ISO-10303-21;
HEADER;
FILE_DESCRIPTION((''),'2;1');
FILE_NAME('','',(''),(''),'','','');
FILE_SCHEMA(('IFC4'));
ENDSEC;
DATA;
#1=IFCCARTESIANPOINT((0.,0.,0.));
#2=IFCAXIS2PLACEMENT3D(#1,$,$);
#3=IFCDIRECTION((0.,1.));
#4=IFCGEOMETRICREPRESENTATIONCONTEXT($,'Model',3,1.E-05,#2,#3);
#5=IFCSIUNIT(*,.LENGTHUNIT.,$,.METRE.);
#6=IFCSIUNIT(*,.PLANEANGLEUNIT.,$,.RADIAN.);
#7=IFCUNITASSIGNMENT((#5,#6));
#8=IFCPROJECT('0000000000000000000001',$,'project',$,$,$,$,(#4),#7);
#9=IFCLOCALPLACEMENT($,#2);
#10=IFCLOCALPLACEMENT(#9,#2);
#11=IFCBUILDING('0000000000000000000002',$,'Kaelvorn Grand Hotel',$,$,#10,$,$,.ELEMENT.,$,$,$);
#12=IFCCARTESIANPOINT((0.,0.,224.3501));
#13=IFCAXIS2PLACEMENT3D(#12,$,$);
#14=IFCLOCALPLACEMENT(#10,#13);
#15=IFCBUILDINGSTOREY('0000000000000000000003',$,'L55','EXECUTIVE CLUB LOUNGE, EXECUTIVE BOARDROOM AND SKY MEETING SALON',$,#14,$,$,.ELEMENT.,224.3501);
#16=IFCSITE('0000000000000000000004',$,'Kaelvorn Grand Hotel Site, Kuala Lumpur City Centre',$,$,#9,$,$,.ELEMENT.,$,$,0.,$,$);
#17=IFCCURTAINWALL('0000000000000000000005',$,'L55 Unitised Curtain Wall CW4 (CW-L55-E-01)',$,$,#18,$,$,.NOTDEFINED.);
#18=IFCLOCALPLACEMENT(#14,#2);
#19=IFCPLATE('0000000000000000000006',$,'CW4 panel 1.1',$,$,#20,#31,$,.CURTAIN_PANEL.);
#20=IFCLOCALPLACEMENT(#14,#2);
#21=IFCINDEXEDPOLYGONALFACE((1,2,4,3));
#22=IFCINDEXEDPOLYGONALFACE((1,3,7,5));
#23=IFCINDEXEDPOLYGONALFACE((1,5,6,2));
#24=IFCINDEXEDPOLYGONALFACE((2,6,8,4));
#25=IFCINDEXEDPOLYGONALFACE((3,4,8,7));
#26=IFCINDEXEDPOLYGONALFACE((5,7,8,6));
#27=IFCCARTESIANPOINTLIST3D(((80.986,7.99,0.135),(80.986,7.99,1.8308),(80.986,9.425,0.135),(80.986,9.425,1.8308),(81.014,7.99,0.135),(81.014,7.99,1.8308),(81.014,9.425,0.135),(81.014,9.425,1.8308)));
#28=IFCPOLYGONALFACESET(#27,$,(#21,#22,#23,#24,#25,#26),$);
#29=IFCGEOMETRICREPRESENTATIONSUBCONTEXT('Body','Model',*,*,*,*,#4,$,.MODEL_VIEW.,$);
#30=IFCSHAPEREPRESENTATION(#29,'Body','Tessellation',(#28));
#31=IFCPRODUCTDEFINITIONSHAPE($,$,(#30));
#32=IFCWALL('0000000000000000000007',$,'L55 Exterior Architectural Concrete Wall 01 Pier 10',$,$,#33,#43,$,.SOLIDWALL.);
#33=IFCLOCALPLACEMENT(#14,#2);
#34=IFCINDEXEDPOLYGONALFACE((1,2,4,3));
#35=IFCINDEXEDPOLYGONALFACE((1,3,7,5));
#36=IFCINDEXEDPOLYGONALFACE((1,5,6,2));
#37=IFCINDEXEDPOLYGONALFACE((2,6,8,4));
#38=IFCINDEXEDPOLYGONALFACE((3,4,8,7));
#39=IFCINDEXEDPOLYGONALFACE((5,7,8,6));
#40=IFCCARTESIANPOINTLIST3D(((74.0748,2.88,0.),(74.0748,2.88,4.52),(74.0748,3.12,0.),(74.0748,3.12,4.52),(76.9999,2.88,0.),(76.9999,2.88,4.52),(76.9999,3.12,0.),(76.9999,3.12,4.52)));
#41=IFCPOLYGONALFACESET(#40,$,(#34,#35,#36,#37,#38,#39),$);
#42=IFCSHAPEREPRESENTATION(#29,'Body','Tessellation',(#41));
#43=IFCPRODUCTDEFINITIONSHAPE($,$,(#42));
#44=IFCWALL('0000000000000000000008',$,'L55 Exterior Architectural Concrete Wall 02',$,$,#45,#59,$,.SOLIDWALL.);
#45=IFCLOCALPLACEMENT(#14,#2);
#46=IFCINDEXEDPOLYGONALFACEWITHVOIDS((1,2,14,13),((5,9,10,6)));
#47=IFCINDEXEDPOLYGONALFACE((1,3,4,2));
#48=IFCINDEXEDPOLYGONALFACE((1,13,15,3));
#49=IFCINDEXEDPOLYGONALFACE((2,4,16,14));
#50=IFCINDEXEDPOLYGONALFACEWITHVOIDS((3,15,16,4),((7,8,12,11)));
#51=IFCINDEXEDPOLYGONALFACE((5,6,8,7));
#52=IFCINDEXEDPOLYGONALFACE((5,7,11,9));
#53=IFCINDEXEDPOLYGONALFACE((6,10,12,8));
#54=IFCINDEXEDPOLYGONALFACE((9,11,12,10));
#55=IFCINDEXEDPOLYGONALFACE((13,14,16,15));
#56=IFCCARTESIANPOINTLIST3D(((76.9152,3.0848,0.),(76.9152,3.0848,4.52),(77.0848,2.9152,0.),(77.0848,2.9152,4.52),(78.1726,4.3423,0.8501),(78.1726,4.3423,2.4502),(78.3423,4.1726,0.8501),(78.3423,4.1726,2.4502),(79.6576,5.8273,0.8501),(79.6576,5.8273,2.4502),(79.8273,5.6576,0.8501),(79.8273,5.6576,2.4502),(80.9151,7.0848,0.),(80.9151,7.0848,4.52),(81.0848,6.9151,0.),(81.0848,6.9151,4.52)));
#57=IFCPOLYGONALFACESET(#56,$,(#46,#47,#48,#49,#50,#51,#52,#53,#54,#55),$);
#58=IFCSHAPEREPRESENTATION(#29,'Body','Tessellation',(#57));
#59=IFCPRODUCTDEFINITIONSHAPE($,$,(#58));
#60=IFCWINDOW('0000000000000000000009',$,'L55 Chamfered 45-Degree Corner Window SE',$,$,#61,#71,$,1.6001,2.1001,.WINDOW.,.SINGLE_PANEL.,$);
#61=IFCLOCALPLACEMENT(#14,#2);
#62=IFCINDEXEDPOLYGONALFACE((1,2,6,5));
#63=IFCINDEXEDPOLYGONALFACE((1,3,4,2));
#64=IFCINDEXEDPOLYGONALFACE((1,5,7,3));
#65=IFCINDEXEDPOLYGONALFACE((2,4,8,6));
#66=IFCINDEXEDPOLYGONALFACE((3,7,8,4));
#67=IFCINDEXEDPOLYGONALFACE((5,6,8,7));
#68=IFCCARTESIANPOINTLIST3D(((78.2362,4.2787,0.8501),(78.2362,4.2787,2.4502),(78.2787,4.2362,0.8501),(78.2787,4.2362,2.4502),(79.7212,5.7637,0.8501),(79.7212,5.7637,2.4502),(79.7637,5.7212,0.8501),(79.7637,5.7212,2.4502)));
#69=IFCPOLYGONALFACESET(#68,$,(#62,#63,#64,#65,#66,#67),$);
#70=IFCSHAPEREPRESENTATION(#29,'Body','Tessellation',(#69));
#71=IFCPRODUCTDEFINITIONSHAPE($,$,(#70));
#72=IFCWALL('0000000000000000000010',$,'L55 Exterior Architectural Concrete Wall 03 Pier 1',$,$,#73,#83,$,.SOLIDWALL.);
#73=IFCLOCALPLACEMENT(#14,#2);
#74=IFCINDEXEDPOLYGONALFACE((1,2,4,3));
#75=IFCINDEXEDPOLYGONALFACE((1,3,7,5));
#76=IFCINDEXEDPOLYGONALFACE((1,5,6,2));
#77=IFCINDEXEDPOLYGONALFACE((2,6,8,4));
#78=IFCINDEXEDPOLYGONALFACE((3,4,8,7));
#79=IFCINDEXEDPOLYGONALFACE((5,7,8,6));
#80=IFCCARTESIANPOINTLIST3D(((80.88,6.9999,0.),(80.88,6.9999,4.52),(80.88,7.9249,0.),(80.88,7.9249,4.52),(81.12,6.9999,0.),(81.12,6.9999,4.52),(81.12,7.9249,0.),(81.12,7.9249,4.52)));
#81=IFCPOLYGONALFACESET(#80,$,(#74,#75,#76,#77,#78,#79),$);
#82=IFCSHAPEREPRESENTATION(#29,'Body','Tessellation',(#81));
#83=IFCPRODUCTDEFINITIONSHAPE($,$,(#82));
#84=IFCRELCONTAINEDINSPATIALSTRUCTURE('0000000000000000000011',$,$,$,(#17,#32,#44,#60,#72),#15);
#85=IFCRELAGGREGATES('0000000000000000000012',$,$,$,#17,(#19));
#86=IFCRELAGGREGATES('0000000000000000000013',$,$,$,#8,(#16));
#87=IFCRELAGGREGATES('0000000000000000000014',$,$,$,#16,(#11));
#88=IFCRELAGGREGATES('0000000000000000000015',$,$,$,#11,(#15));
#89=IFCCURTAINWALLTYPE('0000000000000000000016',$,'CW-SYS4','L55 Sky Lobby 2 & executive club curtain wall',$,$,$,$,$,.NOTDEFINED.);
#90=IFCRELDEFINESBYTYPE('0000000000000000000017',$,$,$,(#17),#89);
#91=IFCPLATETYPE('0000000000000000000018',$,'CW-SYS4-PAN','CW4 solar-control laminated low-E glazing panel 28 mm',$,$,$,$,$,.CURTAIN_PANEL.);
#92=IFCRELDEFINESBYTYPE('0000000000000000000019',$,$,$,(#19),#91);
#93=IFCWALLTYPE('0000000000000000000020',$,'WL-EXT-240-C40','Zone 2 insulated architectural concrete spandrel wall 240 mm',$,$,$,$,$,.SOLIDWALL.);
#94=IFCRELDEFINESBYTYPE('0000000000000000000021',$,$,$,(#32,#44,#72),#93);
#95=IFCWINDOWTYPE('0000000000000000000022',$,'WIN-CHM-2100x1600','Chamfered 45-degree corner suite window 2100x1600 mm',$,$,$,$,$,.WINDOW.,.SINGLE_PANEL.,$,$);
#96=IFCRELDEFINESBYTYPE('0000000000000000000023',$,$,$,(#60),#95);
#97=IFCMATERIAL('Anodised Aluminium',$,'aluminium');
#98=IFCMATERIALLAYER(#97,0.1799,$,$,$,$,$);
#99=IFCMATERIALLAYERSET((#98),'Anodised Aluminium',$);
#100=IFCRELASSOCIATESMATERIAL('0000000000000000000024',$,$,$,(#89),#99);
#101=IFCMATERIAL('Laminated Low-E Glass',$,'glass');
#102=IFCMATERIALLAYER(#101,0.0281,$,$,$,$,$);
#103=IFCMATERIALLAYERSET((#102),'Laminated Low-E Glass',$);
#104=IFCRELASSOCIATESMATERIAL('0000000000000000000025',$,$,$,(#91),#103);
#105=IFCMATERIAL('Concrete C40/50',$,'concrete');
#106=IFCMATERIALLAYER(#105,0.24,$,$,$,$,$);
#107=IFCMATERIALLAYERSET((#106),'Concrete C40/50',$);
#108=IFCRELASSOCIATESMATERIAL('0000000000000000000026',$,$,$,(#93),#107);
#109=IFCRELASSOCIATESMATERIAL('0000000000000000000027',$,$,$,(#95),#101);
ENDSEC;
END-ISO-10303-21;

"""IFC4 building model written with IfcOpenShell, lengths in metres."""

from ifc_helpers import new_model, si_unit, direction, frame, frame_2d, origin, origin_2d, place, context, subcontext, project, spatial, rectangle, extrude, material, layer, layer_set, type_object, element, fill, aggregate, save


model = new_model("IFC4")

# Units and contexts
model_context = context("Model", 3, precision=1e-05, world=origin(), true_north=direction((0.0, 1.0)))
body_context = subcontext(model_context, "Body", "Model", "MODEL_VIEW")
ifc_project = project(units=[si_unit("LENGTHUNIT", "METRE"), si_unit("PLANEANGLEUNIT", "RADIAN")], contexts=[model_context])

# Site, building, storey
site_placement = place(None, origin())
site = spatial("IfcSite", under=ifc_project, at=site_placement, Name="Kaelvorn Grand Hotel Site, Kuala Lumpur City Centre", CompositionType="ELEMENT", RefElevation=0.0)
building_placement = place(site_placement, origin())
building = spatial("IfcBuilding", under=site, at=building_placement, Name="Kaelvorn Grand Hotel", CompositionType="ELEMENT")
storey_placement = place(building_placement, frame((0.0, 0.0, 224.3501)))
storey = spatial("IfcBuildingStorey", under=building, at=storey_placement, Name="L55", Description="EXECUTIVE CLUB LOUNGE, EXECUTIVE BOARDROOM AND SKY MEETING SALON", CompositionType="ELEMENT", Elevation=224.3501)

# Shared definitions
ifc_material_1 = material(Name="Anodised Aluminium", Category="aluminium")
ifc_layer_1 = layer(ifc_material_1, 0.1799)
ifc_layer_set_1 = layer_set([ifc_layer_1], Name="Anodised Aluminium")
curtain_wall_type = type_object("IfcCurtainWallType", Name="CW-SYS4", Description="L55 Sky Lobby 2 & executive club curtain wall", PredefinedType="NOTDEFINED", material=ifc_layer_set_1)

# Curtain wall
curtain_wall_1_placement = place(storey_placement, origin())
curtain_wall_1 = element("IfcCurtainWall", 1, at=curtain_wall_1_placement, inside=storey, type_object=curtain_wall_type, Name="L55 Unitised Curtain Wall CW4 (CW-L55-E-01)", PredefinedType="NOTDEFINED")

# Plate
ifc_material_2 = material(Name="Laminated Low-E Glass", Category="glass")
ifc_layer_2 = layer(ifc_material_2, 0.0281)
ifc_layer_set_2 = layer_set([ifc_layer_2], Name="Laminated Low-E Glass")
plate_type = type_object("IfcPlateType", Name="CW-SYS4-PAN", Description="CW4 solar-control laminated low-E glazing panel 28 mm", PredefinedType="CURTAIN_PANEL", material=ifc_layer_set_2)
plate_1_placement = place(storey_placement, frame((81.0, 8.7075, 0.135), z_axis=(0.0, 0.0, 1.0), x_axis=(0.0, 1.0, 0.0)))
plate_1 = element("IfcPlate", 2, at=plate_1_placement, type_object=plate_type, Name="CW4 panel 1.1", PredefinedType="CURTAIN_PANEL", context=body_context, shape_type="SweptSolid", body=[
    extrude(rectangle(XDim=1.4351, YDim=0.0281, at=origin_2d()), origin(), (0.0, 0.0, 1.0), 1.6958),
])
aggregate(curtain_wall_1, [plate_1])

# Wall
ifc_material_3 = material(Name="Concrete C40/50", Category="concrete")
ifc_layer_3 = layer(ifc_material_3, 0.24)
ifc_layer_set_3 = layer_set([ifc_layer_3], Name="Concrete C40/50")
wall_type = type_object("IfcWallType", Name="WL-EXT-240-C40", Description="Zone 2 insulated architectural concrete spandrel wall 240 mm", PredefinedType="SOLIDWALL", material=ifc_layer_set_3)
wall_1_placement = place(storey_placement, frame((74.075, 3.0, 0.0), z_axis=(0.0, 0.0, 1.0), x_axis=(1.0, 0.0, 0.0)))
element("IfcWall", 3, at=wall_1_placement, inside=storey, type_object=wall_type, Name="L55 Exterior Architectural Concrete Wall 01 Pier 10", PredefinedType="SOLIDWALL", context=body_context, shape_type="SweptSolid", body=[
    extrude(rectangle(XDim=2.925, YDim=0.24, at=frame_2d((1.4624, 0.0))), origin(), (0.0, 0.0, 1.0), 4.52),
])

# Wall, opening, window
wall_2_placement = place(storey_placement, frame((77.0, 3.0, 0.0), z_axis=(0.0, 0.0, 1.0), x_axis=(0.707107, 0.707107, 0.0)))
wall_2 = element("IfcWall", 4, at=wall_2_placement, inside=storey, type_object=wall_type, Name="L55 Exterior Architectural Concrete Wall 02", PredefinedType="SOLIDWALL", context=body_context, shape_type="SweptSolid", body=[
    extrude(rectangle(XDim=5.6567, YDim=0.24, at=frame_2d((2.8284, 0.0))), origin(), (0.0, 0.0, 1.0), 4.52),
])
opening_placement = place(wall_2_placement, frame((1.7783, 0.0, 0.8501)))
opening = element("IfcOpeningElement", 5, at=opening_placement, cuts=wall_2, PredefinedType="OPENING", context=body_context, shape_type="SweptSolid", body=[
    extrude(rectangle(XDim=2.1001, YDim=1.6001, at=frame_2d((1.05, 0.8))), frame((0.0, 0.1299, 0.0), z_axis=(0.0, -1.0, 0.0), x_axis=(1.0, 0.0, 0.0)), (0.0, 0.0, 1.0), 0.26),
])
window_type = type_object("IfcWindowType", Name="WIN-CHM-2100x1600", Description="Chamfered 45-degree corner suite window 2100x1600 mm", PartitioningType="SINGLE_PANEL", PredefinedType="WINDOW", material=ifc_material_2)
window_placement = place(opening_placement, origin())
window = element("IfcWindow", 6, at=window_placement, inside=storey, type_object=window_type, Name="L55 Chamfered 45-Degree Corner Window SE", OverallHeight=1.6001, OverallWidth=2.1001, PartitioningType="SINGLE_PANEL", PredefinedType="WINDOW", context=body_context, shape_type="SweptSolid", body=[
    extrude(rectangle(XDim=2.1001, YDim=1.6001, at=frame_2d((1.05, 0.8))), frame((0.0, 0.03, 0.0), z_axis=(0.0, -1.0, 0.0), x_axis=(1.0, 0.0, 0.0)), (0.0, 0.0, 1.0), 0.0601),
])
fill(opening, window)

# Wall
wall_3_placement = place(storey_placement, frame((81.0, 7.0, 0.0), z_axis=(0.0, 0.0, 1.0), x_axis=(0.0, 1.0, 0.0)))
element("IfcWall", 7, at=wall_3_placement, inside=storey, type_object=wall_type, Name="L55 Exterior Architectural Concrete Wall 03 Pier 1", PredefinedType="SOLIDWALL", context=body_context, shape_type="SweptSolid", body=[
    extrude(rectangle(XDim=0.925, YDim=0.24, at=frame_2d((0.4624, 0.0))), origin(), (0.0, 0.0, 1.0), 4.52),
])

save(model, "model.ifc")
